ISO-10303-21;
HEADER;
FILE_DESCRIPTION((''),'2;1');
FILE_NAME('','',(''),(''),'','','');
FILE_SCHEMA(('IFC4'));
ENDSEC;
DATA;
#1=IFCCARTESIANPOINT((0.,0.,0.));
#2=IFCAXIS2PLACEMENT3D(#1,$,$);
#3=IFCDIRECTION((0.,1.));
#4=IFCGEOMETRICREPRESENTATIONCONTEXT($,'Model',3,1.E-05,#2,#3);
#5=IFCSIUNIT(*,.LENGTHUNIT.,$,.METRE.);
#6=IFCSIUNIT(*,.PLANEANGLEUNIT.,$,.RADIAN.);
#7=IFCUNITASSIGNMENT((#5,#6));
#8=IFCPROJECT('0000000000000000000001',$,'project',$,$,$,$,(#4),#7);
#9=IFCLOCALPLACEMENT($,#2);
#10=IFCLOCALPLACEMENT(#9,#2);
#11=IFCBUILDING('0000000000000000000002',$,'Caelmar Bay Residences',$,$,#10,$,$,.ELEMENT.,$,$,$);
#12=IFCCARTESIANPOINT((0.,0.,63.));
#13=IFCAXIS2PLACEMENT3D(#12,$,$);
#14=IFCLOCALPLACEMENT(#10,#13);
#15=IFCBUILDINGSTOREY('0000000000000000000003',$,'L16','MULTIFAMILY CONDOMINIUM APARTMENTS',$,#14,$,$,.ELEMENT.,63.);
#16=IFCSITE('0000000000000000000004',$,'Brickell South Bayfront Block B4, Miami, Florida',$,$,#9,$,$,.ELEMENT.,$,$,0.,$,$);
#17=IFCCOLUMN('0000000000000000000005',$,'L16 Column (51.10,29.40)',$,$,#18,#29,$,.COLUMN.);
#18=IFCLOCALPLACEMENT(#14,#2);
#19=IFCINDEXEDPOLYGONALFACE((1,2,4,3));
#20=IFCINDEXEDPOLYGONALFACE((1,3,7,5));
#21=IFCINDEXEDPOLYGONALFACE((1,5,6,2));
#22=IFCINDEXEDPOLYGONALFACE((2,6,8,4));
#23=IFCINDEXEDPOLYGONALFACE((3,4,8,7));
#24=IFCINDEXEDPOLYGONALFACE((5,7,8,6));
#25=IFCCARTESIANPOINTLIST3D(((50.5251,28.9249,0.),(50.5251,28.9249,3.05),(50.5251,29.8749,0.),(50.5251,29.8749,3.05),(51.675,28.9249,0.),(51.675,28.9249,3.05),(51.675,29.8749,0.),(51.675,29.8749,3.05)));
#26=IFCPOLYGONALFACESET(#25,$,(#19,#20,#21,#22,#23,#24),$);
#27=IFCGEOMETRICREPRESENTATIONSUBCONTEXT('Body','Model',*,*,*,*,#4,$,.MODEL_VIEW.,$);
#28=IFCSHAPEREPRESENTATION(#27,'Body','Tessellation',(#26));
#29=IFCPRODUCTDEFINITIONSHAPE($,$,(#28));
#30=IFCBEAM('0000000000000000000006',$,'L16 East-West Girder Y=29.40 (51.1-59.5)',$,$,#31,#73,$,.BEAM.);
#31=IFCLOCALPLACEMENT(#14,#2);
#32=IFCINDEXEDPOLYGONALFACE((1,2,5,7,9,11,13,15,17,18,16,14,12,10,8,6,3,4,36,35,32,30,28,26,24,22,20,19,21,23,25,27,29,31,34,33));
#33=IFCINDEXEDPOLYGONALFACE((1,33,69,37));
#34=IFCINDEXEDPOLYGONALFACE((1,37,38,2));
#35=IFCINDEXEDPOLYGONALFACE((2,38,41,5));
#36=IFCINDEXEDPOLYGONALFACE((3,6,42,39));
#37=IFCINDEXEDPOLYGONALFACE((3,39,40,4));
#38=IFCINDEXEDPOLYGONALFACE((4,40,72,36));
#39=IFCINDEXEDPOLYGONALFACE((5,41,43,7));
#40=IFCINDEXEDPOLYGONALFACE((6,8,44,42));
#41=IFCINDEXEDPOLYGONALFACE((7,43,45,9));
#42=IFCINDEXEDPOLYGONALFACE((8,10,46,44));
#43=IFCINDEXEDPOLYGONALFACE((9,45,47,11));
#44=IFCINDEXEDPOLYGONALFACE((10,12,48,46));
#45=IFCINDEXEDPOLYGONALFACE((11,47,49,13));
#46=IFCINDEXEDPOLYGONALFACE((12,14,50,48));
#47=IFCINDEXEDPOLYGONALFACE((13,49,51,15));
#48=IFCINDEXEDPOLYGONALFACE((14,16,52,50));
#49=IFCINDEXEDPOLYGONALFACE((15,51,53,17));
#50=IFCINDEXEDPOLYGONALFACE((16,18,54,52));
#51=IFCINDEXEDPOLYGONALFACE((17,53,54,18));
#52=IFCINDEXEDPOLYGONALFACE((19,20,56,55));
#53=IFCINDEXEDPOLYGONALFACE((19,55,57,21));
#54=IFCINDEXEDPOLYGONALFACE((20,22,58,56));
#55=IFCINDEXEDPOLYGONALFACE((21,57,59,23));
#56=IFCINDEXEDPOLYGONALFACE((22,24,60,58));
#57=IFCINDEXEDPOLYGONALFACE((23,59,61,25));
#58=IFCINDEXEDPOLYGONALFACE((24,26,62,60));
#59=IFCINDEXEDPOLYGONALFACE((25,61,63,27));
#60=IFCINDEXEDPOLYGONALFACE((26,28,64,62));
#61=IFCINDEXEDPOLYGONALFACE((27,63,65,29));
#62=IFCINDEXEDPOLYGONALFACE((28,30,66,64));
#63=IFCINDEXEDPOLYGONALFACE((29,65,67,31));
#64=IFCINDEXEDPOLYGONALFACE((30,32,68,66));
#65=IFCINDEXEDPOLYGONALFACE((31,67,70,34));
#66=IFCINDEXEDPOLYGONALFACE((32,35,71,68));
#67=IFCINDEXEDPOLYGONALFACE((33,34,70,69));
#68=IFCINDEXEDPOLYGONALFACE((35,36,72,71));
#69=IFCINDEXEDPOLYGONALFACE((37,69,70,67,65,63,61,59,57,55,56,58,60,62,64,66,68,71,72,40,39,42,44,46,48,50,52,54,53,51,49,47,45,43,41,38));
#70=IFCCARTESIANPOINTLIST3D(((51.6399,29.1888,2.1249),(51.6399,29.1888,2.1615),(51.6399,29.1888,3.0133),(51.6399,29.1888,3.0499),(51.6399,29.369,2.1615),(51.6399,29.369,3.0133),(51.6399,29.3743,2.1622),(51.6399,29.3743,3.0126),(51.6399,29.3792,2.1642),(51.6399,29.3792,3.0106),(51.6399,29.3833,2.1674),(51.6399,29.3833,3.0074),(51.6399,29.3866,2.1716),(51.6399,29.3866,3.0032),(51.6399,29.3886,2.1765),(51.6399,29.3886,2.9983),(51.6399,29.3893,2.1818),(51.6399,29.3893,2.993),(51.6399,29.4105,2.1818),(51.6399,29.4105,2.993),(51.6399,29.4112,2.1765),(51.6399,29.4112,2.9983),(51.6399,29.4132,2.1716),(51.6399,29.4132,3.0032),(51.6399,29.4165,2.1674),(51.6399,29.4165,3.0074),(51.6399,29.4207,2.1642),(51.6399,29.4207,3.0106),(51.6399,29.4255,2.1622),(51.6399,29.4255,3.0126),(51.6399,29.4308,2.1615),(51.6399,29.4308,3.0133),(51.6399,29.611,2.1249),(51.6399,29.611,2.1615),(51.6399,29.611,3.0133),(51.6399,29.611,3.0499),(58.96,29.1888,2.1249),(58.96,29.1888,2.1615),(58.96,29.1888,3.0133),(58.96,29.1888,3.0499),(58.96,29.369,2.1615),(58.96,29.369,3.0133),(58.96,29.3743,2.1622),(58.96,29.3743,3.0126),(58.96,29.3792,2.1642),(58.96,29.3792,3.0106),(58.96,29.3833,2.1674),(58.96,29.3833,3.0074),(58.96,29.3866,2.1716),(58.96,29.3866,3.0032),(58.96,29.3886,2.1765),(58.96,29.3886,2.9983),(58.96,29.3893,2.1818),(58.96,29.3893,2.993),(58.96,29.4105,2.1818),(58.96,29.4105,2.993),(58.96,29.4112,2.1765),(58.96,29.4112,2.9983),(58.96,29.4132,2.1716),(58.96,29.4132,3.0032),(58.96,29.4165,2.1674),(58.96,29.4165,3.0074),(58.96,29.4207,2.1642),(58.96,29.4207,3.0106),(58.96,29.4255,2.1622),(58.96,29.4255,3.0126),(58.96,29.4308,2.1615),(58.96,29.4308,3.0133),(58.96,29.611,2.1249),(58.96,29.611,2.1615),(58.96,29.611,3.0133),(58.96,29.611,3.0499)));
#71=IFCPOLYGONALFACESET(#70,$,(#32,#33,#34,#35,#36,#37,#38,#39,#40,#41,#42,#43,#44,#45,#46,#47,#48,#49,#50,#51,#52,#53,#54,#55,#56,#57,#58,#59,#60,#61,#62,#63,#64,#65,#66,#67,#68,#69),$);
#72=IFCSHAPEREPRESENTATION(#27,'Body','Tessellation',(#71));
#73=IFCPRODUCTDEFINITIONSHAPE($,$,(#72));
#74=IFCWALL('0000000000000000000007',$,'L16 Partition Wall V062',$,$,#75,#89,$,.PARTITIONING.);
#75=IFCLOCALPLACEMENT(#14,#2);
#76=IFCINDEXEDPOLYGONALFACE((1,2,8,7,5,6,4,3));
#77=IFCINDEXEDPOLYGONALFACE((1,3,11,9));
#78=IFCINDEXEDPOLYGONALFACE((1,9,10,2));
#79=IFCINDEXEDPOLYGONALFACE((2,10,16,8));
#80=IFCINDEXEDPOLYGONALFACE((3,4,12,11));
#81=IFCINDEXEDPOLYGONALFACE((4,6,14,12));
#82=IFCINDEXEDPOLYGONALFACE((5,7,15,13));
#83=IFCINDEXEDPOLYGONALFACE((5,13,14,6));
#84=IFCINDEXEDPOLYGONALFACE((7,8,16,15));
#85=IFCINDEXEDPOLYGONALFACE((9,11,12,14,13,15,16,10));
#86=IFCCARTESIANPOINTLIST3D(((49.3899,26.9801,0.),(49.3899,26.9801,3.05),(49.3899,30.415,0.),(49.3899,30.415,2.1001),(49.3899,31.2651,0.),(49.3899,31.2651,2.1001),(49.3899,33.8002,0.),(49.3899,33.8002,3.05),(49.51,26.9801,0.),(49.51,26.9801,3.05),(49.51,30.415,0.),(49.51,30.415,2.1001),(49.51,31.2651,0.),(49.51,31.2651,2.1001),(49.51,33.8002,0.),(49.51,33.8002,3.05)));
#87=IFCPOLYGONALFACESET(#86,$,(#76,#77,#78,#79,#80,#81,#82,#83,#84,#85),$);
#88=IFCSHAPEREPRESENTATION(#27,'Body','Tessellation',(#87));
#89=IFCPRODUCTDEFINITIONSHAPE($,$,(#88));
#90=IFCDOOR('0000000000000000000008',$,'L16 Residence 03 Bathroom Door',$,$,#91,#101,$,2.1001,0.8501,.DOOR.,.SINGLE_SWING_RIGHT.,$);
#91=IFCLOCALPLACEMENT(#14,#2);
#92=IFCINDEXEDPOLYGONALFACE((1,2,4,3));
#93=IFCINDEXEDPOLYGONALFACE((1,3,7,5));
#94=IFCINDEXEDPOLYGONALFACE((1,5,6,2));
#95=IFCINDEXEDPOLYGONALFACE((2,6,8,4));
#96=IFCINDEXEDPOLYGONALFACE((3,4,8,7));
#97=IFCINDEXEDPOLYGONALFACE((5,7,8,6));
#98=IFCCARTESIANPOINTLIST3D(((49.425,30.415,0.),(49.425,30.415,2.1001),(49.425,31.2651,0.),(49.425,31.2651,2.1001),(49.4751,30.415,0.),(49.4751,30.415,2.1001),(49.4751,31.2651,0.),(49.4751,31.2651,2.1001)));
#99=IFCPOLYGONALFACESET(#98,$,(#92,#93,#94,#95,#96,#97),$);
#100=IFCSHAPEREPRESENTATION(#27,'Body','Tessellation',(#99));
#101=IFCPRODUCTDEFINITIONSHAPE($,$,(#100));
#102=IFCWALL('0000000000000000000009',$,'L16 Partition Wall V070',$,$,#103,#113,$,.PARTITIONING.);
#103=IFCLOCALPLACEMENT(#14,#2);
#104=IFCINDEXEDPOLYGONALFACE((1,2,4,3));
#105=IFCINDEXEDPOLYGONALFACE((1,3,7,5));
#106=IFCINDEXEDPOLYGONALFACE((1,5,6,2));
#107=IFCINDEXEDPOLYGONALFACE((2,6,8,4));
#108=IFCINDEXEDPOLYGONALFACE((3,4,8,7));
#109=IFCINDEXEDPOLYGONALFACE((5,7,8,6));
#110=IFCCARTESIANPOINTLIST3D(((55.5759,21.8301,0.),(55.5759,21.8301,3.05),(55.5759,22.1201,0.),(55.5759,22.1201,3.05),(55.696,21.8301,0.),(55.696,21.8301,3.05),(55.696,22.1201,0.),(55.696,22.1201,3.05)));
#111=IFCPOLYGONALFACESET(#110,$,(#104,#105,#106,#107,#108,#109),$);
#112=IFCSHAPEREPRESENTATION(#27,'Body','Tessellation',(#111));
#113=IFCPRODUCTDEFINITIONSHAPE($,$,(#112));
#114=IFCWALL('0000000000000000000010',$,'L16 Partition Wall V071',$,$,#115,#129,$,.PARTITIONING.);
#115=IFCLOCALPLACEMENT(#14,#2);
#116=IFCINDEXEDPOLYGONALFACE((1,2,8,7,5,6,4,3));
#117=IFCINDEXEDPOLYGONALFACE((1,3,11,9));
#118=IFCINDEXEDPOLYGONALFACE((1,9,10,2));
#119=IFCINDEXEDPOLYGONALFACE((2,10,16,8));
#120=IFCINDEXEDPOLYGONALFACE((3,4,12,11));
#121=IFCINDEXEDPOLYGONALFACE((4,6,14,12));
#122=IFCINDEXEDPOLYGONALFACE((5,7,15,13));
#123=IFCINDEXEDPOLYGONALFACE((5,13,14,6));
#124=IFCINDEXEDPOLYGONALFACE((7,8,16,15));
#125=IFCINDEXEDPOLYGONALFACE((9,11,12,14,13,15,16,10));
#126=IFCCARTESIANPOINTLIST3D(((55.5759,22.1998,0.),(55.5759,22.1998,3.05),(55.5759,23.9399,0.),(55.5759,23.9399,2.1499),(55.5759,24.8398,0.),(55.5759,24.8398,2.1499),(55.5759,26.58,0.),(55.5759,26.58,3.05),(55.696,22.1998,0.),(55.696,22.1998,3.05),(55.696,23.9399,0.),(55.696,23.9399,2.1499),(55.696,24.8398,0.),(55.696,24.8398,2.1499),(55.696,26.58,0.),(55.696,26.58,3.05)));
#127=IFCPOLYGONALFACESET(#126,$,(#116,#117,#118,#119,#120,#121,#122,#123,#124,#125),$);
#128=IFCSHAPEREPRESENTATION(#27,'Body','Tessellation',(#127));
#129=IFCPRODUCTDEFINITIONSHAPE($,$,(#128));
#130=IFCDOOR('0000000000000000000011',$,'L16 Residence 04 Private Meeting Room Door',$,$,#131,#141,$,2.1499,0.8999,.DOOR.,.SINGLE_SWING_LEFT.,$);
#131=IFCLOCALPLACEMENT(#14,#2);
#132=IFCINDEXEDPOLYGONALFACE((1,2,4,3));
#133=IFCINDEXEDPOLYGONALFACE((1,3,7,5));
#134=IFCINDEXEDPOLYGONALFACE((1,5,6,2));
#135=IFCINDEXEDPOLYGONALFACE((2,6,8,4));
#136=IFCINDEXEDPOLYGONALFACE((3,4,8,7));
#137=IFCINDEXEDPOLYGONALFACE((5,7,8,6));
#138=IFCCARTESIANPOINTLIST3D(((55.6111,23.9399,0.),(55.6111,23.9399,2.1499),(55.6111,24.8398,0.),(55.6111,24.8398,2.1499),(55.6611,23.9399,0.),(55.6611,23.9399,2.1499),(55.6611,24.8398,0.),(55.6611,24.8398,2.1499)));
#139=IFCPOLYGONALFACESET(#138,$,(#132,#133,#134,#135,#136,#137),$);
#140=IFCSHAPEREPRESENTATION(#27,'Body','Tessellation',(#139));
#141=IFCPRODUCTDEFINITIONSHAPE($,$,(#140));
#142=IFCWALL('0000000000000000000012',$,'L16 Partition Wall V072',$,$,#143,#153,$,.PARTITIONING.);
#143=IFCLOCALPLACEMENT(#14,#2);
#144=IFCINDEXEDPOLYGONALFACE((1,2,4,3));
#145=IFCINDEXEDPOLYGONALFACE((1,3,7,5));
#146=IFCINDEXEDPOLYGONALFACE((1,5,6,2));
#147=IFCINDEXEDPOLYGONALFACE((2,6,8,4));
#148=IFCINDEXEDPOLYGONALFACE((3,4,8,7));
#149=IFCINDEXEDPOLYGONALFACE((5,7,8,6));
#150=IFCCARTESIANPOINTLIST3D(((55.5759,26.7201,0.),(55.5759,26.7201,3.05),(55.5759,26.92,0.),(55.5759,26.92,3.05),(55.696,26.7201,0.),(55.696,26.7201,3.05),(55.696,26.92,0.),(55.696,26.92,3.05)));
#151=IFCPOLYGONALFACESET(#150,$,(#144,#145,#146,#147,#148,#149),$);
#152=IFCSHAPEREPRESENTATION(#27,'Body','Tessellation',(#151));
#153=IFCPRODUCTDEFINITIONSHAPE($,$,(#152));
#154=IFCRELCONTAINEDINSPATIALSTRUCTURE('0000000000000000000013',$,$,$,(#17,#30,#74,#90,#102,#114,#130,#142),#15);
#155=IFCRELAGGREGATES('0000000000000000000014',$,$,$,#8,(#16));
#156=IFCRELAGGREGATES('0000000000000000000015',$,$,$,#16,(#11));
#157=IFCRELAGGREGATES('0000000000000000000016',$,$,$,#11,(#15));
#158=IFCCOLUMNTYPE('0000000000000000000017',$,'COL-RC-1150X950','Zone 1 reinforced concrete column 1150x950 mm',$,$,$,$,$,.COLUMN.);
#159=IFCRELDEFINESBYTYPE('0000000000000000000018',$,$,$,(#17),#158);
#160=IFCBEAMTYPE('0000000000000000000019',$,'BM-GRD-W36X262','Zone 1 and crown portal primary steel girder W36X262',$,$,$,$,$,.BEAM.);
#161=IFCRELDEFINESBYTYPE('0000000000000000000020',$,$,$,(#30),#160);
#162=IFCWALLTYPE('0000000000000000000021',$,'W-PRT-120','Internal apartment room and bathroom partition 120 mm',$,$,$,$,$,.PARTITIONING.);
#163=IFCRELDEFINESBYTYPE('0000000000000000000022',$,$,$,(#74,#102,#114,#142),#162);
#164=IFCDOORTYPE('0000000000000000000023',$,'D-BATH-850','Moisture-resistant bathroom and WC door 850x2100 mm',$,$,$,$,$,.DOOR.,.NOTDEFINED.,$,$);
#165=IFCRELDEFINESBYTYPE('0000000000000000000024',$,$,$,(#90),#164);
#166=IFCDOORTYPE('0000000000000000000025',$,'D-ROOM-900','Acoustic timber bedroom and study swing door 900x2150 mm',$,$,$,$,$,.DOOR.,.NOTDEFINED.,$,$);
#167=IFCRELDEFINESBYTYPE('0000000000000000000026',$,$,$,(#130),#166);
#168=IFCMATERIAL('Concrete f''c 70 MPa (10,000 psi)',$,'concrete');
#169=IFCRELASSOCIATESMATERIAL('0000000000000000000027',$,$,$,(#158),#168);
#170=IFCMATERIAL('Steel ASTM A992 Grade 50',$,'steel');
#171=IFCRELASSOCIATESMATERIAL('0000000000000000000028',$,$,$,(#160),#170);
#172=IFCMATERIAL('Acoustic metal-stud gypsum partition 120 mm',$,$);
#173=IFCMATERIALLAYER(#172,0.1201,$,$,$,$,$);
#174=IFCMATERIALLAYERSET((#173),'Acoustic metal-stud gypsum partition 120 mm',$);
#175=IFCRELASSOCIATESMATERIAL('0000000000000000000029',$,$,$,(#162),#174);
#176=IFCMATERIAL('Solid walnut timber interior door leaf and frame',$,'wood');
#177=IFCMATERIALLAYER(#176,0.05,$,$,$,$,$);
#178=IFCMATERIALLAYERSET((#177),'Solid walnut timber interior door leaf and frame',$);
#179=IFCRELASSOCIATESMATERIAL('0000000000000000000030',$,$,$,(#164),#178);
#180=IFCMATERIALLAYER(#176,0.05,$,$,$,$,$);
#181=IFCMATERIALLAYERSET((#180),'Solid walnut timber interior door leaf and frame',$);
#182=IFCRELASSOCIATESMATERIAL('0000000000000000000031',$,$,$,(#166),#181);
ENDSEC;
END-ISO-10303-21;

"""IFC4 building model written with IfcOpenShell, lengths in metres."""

from ifc_helpers import new_model, si_unit, direction, frame, frame_2d, origin, origin_2d, place, context, subcontext, project, spatial, rectangle, i_section, extrude, material, layer, layer_set, material_profile, profile_set, type_object, element, fill, save


model = new_model("IFC4")

# Units and contexts
model_context = context("Model", 3, precision=1e-05, world=origin(), true_north=direction((0.0, 1.0)))
body_context = subcontext(model_context, "Body", "Model", "MODEL_VIEW")
ifc_project = project(units=[si_unit("LENGTHUNIT", "METRE"), si_unit("PLANEANGLEUNIT", "RADIAN")], contexts=[model_context])

# Site, building, storey
site_placement = place(None, origin())
site = spatial("IfcSite", under=ifc_project, at=site_placement, Name="Brickell South Bayfront Block B4, Miami, Florida", CompositionType="ELEMENT", RefElevation=0.0)
building_placement = place(site_placement, origin())
building = spatial("IfcBuilding", under=site, at=building_placement, Name="Caelmar Bay Residences", CompositionType="ELEMENT")
storey_placement = place(building_placement, frame((0.0, 0.0, 63.0)))
storey = spatial("IfcBuildingStorey", under=building, at=storey_placement, Name="L16", Description="MULTIFAMILY CONDOMINIUM APARTMENTS", CompositionType="ELEMENT", Elevation=63.0)

# Column
ifc_material_1 = material(Name="Concrete f'c 70 MPa (10,000 psi)", Category="concrete")
ifc_material_profile_1 = material_profile(ifc_material_1, rectangle(XDim=1.1499, YDim=0.95, at=origin_2d()), Name="RC-COL-1150X950")
ifc_profile_set_1 = profile_set([ifc_material_profile_1], Name="Concrete f'c 70 MPa (10,000 psi)")
column_type = type_object("IfcColumnType", Name="COL-RC-1150X950", Description="Zone 1 reinforced concrete column 1150x950 mm", PredefinedType="COLUMN", material=ifc_profile_set_1)
column_placement = place(storey_placement, frame((51.1001, 29.3999, 0.0), z_axis=(0.0, 0.0, 1.0), x_axis=(1.0, 0.0, 0.0)))
element("IfcColumn", 1, at=column_placement, inside=storey, type_object=column_type, Name="L16 Column (51.10,29.40)", PredefinedType="COLUMN", context=body_context, shape_type="SweptSolid", body=[
    extrude(rectangle(XDim=1.1499, YDim=0.95, at=origin_2d()), origin(), (0.0, 0.0, 1.0), 3.05),
])

# Beam
ifc_material_2 = material(Name="Steel ASTM A992 Grade 50", Category="steel")
ifc_material_profile_2 = material_profile(ifc_material_2, i_section(OverallWidth=0.4221, OverallDepth=0.925, WebThickness=0.0212, FlangeThickness=0.0366, FilletRadius=0.0203, at=origin_2d()), Name="W36X262")
ifc_profile_set_2 = profile_set([ifc_material_profile_2], Name="Steel ASTM A992 Grade 50")
beam_type = type_object("IfcBeamType", Name="BM-GRD-W36X262", Description="Zone 1 and crown portal primary steel girder W36X262", PredefinedType="BEAM", material=ifc_profile_set_2)
beam_placement = place(storey_placement, frame((51.6399, 29.3999, 2.5874), z_axis=(1.0, 0.0, 0.0), x_axis=(0.0, 1.0, 0.0)))
element("IfcBeam", 2, at=beam_placement, inside=storey, type_object=beam_type, Name="L16 East-West Girder Y=29.40 (51.1-59.5)", PredefinedType="BEAM", context=body_context, shape_type="SweptSolid", body=[
    extrude(i_section(OverallWidth=0.4221, OverallDepth=0.925, WebThickness=0.0212, FlangeThickness=0.0366, FilletRadius=0.0203, at=origin_2d()), origin(), (0.0, 0.0, 1.0), 7.3201),
])

# Wall, opening, door
ifc_material_3 = material(Name="Acoustic metal-stud gypsum partition 120 mm")
ifc_layer_1 = layer(ifc_material_3, 0.1201)
ifc_layer_set_1 = layer_set([ifc_layer_1], Name="Acoustic metal-stud gypsum partition 120 mm")
wall_type_1 = type_object("IfcWallType", Name="W-PRT-120", Description="Internal apartment room and bathroom partition 120 mm", PredefinedType="PARTITIONING", material=ifc_layer_set_1)
wall_1_placement = place(storey_placement, frame((49.45, 26.98, 0.0), z_axis=(0.0, 0.0, 1.0), x_axis=(0.0, 1.0, 0.0)))
wall_1 = element("IfcWall", 3, at=wall_1_placement, inside=storey, type_object=wall_type_1, Name="L16 Partition Wall V062", PredefinedType="PARTITIONING", context=body_context, shape_type="SweptSolid", body=[
    extrude(rectangle(XDim=6.8201, YDim=0.1201, at=frame_2d((3.4102, 0.0))), origin(), (0.0, 0.0, 1.0), 3.05),
])
opening_1_placement = place(wall_1_placement, frame((3.4351, 0.0, 0.0)))
opening_1 = element("IfcOpeningElement", 4, at=opening_1_placement, cuts=wall_1, PredefinedType="OPENING", context=body_context, shape_type="SweptSolid", body=[
    extrude(rectangle(XDim=0.8501, YDim=2.1001, at=frame_2d((0.425, 1.05))), frame((0.0, 0.0701, 0.0), z_axis=(0.0, -1.0, 0.0), x_axis=(1.0, 0.0, 0.0)), (0.0, 0.0, 1.0), 0.1401),
])
ifc_material_4 = material(Name="Solid walnut timber interior door leaf and frame", Category="wood")
ifc_layer_2 = layer(ifc_material_4, 0.05)
ifc_layer_set_2 = layer_set([ifc_layer_2], Name="Solid walnut timber interior door leaf and frame")
door_type_1 = type_object("IfcDoorType", Name="D-BATH-850", Description="Moisture-resistant bathroom and WC door 850x2100 mm", OperationType="NOTDEFINED", PredefinedType="DOOR", material=ifc_layer_set_2)
door_1_placement = place(opening_1_placement, origin())
door_1 = element("IfcDoor", 5, at=door_1_placement, inside=storey, type_object=door_type_1, Name="L16 Residence 03 Bathroom Door", OperationType="SINGLE_SWING_RIGHT", OverallHeight=2.1001, OverallWidth=0.8501, PredefinedType="DOOR", context=body_context, shape_type="SweptSolid", body=[
    extrude(rectangle(XDim=0.8501, YDim=2.1001, at=frame_2d((0.425, 1.05))), frame((0.0, 0.0249, 0.0), z_axis=(0.0, -1.0, 0.0), x_axis=(1.0, 0.0, 0.0)), (0.0, 0.0, 1.0), 0.05),
])
fill(opening_1, door_1)

# Wall
wall_2_placement = place(storey_placement, frame((55.636, 21.8301, 0.0), z_axis=(0.0, 0.0, 1.0), x_axis=(0.0, 1.0, 0.0)))
element("IfcWall", 6, at=wall_2_placement, inside=storey, type_object=wall_type_1, Name="L16 Partition Wall V070", PredefinedType="PARTITIONING", context=body_context, shape_type="SweptSolid", body=[
    extrude(rectangle(XDim=0.29, YDim=0.1201, at=frame_2d((0.145, 0.0))), origin(), (0.0, 0.0, 1.0), 3.05),
])

# Wall, opening, door
wall_3_placement = place(storey_placement, frame((55.636, 22.2, 0.0), z_axis=(0.0, 0.0, 1.0), x_axis=(0.0, 1.0, 0.0)))
wall_3 = element("IfcWall", 7, at=wall_3_placement, inside=storey, type_object=wall_type_1, Name="L16 Partition Wall V071", PredefinedType="PARTITIONING", context=body_context, shape_type="SweptSolid", body=[
    extrude(rectangle(XDim=4.3801, YDim=0.1201, at=frame_2d((2.1899, 0.0))), origin(), (0.0, 0.0, 1.0), 3.05),
])
opening_2_placement = place(wall_3_placement, frame((1.74, 0.0, 0.0)))
opening_2 = element("IfcOpeningElement", 8, at=opening_2_placement, cuts=wall_3, PredefinedType="OPENING", context=body_context, shape_type="SweptSolid", body=[
    extrude(rectangle(XDim=0.8999, YDim=2.1499, at=frame_2d((0.45, 1.075))), frame((0.0, 0.0701, 0.0), z_axis=(0.0, -1.0, 0.0), x_axis=(1.0, 0.0, 0.0)), (0.0, 0.0, 1.0), 0.1401),
])
ifc_layer_3 = layer(ifc_material_4, 0.05)
ifc_layer_set_3 = layer_set([ifc_layer_3], Name="Solid walnut timber interior door leaf and frame")
door_type_2 = type_object("IfcDoorType", Name="D-ROOM-900", Description="Acoustic timber bedroom and study swing door 900x2150 mm", OperationType="NOTDEFINED", PredefinedType="DOOR", material=ifc_layer_set_3)
door_2_placement = place(opening_2_placement, origin())
door_2 = element("IfcDoor", 9, at=door_2_placement, inside=storey, type_object=door_type_2, Name="L16 Residence 04 Private Meeting Room Door", OperationType="SINGLE_SWING_LEFT", OverallHeight=2.1499, OverallWidth=0.8999, PredefinedType="DOOR", context=body_context, shape_type="SweptSolid", body=[
    extrude(rectangle(XDim=0.8999, YDim=2.1499, at=frame_2d((0.45, 1.075))), frame((0.0, 0.0249, 0.0), z_axis=(0.0, -1.0, 0.0), x_axis=(1.0, 0.0, 0.0)), (0.0, 0.0, 1.0), 0.05),
])
fill(opening_2, door_2)

# Wall
wall_4_placement = place(storey_placement, frame((55.636, 26.72, 0.0), z_axis=(0.0, 0.0, 1.0), x_axis=(0.0, 1.0, 0.0)))
element("IfcWall", 10, at=wall_4_placement, inside=storey, type_object=wall_type_1, Name="L16 Partition Wall V072", PredefinedType="PARTITIONING", context=body_context, shape_type="SweptSolid", body=[
    extrude(rectangle(XDim=0.2, YDim=0.1201, at=frame_2d((0.1001, 0.0))), origin(), (0.0, 0.0, 1.0), 3.05),
])

save(model, "model.ifc")
